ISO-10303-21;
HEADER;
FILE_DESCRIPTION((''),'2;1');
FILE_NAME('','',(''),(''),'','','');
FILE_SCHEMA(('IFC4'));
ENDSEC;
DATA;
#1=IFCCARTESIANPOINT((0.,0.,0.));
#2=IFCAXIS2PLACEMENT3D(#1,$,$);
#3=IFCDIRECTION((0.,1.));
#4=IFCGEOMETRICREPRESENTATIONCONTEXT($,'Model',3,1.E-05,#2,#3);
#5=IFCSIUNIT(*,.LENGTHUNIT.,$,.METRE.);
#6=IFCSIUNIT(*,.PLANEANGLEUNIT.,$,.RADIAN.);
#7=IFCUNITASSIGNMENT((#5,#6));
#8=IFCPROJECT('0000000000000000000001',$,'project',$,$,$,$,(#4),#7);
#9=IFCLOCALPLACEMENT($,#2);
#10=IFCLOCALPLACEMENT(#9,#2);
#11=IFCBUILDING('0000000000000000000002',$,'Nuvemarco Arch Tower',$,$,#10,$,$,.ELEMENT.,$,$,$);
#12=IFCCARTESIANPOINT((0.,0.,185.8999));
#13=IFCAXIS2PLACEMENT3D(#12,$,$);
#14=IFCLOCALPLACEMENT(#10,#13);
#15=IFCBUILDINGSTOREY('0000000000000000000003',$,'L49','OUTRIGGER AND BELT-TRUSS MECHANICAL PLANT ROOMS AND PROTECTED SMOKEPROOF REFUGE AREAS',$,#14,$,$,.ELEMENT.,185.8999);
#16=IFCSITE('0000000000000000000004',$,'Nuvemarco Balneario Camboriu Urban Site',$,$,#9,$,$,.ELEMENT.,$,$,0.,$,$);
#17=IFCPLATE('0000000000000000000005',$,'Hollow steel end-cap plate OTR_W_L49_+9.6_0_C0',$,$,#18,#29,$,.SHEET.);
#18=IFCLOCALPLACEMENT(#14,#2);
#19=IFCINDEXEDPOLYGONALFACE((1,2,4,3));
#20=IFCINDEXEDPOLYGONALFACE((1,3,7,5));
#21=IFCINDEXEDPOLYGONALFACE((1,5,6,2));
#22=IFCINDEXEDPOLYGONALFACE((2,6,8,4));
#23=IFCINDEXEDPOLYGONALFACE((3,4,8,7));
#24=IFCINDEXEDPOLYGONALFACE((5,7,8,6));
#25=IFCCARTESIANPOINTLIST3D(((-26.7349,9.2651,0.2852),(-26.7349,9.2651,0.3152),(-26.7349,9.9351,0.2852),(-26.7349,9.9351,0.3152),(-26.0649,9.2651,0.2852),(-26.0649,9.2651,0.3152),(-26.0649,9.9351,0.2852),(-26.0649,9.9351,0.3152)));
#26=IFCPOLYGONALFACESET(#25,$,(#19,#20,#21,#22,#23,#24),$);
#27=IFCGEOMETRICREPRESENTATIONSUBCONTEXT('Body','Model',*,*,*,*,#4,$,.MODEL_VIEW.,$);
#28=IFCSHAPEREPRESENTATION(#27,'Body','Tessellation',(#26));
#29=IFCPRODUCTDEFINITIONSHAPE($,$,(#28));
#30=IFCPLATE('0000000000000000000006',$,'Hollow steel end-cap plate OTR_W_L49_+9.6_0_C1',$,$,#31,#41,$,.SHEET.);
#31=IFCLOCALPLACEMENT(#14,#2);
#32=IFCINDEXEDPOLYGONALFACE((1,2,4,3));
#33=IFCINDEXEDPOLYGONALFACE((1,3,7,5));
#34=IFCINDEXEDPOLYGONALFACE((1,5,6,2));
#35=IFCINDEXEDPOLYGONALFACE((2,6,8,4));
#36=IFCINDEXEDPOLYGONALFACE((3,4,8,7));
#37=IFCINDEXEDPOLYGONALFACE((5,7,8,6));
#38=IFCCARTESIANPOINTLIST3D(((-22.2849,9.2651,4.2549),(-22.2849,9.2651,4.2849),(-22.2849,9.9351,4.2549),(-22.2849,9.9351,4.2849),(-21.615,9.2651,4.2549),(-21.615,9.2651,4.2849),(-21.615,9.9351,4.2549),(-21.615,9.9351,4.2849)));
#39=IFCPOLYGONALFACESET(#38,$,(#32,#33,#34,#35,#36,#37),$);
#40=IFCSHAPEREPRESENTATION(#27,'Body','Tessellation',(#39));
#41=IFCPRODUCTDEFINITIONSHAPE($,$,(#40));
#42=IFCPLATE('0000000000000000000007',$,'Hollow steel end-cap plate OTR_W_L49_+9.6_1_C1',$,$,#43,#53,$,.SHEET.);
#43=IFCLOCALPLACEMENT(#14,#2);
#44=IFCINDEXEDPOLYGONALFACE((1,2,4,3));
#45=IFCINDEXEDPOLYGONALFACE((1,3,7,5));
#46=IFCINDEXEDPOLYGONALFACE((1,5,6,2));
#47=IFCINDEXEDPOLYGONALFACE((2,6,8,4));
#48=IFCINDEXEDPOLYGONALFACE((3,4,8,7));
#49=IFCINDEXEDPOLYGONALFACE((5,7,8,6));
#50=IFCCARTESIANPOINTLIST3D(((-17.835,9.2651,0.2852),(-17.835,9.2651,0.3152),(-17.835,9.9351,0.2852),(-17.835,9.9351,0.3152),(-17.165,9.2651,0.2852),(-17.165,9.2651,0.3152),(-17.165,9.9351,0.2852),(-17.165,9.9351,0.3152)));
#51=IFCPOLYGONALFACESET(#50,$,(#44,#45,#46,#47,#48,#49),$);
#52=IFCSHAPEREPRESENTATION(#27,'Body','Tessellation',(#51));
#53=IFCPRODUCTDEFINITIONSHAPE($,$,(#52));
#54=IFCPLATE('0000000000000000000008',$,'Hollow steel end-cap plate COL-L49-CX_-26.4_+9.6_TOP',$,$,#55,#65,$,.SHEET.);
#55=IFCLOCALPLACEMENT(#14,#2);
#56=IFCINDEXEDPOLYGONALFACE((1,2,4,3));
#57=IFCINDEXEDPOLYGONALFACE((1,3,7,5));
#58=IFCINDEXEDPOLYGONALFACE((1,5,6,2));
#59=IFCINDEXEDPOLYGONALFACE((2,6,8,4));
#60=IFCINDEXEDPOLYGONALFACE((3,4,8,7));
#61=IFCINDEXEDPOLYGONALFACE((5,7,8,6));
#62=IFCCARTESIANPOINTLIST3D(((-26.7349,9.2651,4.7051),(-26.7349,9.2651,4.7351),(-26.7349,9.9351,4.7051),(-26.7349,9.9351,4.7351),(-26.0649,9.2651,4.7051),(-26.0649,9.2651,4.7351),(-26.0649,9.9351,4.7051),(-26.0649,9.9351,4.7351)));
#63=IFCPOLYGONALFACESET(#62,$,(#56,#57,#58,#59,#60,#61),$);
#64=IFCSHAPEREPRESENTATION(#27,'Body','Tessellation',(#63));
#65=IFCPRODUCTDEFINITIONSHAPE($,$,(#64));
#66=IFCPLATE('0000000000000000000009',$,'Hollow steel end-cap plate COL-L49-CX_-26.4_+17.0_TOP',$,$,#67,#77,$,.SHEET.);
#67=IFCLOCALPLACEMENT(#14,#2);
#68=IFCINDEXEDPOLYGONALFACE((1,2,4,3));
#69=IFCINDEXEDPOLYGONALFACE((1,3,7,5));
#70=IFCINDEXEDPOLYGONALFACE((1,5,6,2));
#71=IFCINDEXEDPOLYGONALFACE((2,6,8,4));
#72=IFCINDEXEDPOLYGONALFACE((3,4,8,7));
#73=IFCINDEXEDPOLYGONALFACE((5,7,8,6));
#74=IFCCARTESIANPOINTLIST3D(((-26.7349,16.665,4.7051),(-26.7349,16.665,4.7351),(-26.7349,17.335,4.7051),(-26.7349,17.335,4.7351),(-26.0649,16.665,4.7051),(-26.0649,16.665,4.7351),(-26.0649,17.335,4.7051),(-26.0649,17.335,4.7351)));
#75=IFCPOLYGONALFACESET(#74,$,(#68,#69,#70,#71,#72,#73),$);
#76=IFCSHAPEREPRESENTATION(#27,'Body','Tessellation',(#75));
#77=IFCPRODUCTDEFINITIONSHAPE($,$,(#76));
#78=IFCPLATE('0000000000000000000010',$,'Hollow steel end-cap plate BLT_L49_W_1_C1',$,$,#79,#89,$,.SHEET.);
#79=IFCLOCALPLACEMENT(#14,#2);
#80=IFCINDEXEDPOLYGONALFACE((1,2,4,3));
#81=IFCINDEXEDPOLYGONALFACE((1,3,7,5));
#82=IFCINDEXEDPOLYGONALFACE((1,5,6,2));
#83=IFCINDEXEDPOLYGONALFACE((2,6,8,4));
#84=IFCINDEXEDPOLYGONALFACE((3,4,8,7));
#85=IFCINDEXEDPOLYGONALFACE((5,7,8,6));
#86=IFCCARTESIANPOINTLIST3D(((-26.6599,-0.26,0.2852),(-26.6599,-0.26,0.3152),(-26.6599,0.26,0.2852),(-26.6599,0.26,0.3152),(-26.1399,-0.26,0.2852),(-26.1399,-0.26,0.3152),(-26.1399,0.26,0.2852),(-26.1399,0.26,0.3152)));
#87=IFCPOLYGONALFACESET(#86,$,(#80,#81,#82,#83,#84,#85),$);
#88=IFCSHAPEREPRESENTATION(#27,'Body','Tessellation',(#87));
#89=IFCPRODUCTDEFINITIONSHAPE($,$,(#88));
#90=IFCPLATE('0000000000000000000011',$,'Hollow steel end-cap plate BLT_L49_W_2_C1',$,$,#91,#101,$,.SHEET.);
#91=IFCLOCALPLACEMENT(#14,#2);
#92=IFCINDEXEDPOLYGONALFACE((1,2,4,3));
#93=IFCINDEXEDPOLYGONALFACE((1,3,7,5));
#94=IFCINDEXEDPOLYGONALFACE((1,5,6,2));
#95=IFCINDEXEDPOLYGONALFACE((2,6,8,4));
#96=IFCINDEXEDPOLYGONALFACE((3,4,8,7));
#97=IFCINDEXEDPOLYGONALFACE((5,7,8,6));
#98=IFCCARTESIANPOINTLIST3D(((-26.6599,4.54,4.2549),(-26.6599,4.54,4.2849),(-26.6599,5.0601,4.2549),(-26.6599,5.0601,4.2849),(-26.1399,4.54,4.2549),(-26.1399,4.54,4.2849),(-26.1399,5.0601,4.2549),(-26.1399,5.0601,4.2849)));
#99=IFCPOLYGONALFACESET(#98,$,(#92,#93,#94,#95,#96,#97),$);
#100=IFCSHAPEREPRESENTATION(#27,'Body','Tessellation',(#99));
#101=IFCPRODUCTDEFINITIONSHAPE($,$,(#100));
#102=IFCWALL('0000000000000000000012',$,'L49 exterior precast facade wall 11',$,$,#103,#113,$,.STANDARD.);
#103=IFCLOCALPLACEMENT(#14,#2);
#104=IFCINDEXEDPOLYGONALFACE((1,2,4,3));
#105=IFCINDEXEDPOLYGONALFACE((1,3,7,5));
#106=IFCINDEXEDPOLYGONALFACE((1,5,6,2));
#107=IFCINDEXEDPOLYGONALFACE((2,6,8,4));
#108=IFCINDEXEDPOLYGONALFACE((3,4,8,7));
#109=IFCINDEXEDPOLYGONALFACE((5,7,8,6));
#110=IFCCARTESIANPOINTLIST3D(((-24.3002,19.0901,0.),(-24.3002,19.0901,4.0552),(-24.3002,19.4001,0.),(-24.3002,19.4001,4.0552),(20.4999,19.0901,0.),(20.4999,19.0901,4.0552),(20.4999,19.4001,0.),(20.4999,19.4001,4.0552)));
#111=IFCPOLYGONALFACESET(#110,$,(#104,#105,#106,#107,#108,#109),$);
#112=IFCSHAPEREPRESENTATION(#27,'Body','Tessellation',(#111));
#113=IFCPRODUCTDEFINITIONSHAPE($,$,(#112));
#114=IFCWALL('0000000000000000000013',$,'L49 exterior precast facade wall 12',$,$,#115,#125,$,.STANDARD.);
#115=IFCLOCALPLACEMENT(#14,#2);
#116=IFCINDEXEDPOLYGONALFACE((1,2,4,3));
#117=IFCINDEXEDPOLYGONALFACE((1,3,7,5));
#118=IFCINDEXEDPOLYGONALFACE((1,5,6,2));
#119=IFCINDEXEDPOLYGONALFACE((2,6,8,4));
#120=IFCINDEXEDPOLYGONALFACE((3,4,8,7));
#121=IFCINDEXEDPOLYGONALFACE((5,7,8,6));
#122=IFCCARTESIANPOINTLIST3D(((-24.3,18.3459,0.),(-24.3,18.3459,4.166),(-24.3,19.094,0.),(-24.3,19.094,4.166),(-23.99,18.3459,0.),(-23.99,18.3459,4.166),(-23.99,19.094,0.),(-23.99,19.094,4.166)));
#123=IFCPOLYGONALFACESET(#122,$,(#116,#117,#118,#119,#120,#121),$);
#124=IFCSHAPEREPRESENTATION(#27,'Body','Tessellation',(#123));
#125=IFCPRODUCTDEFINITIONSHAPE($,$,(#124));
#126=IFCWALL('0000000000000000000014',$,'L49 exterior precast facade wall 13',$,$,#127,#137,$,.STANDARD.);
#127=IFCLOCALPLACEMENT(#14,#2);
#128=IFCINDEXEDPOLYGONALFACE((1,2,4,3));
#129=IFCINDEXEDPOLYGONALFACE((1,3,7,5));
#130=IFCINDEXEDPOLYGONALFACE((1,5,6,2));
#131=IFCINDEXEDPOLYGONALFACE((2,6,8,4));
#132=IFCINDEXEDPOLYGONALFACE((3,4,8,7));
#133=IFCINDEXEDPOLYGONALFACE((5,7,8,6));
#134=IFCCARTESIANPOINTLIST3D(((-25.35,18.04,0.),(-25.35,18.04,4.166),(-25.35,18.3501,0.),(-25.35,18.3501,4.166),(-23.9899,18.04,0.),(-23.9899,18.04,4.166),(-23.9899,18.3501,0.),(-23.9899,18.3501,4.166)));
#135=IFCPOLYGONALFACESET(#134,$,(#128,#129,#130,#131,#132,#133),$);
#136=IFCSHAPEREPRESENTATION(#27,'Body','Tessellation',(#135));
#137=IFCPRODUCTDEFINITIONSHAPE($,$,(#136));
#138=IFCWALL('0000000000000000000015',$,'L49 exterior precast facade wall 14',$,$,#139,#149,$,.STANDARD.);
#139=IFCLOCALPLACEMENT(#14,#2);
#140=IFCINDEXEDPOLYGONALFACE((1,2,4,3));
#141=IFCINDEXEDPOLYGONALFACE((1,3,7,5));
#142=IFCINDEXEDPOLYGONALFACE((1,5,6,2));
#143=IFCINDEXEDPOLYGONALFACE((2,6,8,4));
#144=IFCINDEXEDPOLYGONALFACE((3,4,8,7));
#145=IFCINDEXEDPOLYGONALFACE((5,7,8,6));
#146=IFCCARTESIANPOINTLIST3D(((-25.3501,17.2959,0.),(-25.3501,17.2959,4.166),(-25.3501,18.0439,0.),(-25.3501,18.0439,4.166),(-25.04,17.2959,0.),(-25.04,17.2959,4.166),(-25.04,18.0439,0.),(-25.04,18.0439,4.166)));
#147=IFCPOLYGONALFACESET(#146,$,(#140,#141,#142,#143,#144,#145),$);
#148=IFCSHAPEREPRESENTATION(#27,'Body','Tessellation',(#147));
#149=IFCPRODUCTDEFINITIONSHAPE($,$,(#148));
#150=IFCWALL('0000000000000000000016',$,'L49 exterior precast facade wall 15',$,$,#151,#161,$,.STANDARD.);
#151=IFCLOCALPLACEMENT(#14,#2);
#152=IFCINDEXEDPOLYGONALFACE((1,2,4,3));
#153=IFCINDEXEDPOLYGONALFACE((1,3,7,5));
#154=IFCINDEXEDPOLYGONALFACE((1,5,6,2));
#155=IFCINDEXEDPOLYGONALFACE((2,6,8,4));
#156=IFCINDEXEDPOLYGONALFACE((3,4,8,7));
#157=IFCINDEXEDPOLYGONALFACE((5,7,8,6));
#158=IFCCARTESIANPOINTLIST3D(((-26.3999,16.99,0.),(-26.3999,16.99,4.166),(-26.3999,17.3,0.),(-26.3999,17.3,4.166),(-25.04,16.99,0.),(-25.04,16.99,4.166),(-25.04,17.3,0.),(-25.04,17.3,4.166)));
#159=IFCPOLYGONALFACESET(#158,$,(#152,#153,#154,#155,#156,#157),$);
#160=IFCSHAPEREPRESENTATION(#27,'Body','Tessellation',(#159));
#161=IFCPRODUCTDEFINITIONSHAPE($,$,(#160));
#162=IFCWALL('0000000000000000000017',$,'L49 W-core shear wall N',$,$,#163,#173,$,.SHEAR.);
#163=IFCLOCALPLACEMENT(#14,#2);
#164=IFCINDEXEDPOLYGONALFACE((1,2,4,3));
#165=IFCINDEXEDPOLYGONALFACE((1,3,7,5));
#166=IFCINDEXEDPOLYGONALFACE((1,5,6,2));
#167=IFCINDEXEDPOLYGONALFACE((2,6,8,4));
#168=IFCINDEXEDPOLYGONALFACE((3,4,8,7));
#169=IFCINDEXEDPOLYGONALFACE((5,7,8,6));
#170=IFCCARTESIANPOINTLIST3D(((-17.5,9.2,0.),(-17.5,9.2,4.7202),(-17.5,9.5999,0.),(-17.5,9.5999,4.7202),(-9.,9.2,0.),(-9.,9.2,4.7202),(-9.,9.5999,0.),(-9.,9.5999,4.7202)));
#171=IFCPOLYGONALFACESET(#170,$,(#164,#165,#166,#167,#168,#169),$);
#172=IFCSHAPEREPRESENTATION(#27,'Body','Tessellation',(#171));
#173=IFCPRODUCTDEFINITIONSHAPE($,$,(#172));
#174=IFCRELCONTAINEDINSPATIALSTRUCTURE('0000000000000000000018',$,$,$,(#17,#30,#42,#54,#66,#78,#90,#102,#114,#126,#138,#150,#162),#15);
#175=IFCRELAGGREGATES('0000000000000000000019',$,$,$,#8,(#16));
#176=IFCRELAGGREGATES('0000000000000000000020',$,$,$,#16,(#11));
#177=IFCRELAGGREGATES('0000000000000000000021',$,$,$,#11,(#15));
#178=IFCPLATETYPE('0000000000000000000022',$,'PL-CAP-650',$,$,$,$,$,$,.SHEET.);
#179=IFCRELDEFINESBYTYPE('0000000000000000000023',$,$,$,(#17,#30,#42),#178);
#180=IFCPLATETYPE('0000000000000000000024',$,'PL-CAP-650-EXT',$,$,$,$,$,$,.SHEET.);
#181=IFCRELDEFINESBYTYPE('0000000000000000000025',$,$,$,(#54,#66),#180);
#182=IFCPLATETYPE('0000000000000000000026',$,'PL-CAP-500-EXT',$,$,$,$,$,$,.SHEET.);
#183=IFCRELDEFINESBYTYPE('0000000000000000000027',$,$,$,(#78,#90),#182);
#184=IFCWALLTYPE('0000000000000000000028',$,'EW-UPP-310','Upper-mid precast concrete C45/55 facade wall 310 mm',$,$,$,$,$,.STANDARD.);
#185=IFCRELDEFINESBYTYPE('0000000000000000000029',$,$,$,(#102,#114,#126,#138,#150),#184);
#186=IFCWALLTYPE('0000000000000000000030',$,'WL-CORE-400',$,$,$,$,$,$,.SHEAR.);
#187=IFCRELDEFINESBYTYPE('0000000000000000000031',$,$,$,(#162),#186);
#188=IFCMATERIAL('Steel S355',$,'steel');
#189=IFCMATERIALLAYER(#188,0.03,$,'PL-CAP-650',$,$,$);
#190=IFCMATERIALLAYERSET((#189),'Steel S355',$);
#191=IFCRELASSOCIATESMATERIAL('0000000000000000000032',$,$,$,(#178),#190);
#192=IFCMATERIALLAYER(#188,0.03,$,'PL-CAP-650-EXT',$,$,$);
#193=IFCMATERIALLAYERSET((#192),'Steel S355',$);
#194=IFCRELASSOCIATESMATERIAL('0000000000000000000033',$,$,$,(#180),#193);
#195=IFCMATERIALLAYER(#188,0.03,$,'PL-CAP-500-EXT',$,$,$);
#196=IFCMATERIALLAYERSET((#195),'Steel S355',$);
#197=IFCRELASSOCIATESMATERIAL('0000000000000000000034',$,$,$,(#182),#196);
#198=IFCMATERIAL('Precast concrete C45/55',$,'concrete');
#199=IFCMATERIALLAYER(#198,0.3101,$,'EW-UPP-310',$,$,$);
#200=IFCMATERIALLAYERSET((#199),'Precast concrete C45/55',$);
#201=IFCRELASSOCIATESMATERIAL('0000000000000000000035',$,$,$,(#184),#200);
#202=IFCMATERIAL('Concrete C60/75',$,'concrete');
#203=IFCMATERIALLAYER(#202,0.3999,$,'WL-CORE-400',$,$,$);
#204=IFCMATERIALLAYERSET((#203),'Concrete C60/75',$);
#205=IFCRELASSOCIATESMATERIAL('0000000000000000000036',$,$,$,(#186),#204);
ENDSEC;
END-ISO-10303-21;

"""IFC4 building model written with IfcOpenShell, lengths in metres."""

from ifc_helpers import new_model, si_unit, direction, frame, frame_2d, origin, origin_2d, place, context, subcontext, project, spatial, rectangle, extrude, source, transform, mapped, material, layer, layer_set, type_object, type_shapes, element, save


model = new_model("IFC4")

# Units and contexts
model_context = context("Model", 3, precision=1e-05, world=origin(), true_north=direction((0.0, 1.0)))
body_context = subcontext(model_context, "Body", "Model", "MODEL_VIEW")
ifc_project = project(units=[si_unit("LENGTHUNIT", "METRE"), si_unit("PLANEANGLEUNIT", "RADIAN")], contexts=[model_context])

# Site, building, storey
site_placement = place(None, origin())
site = spatial("IfcSite", under=ifc_project, at=site_placement, Name="Nuvemarco Balneario Camboriu Urban Site", CompositionType="ELEMENT", RefElevation=0.0)
building_placement = place(site_placement, origin())
building = spatial("IfcBuilding", under=site, at=building_placement, Name="Nuvemarco Arch Tower", CompositionType="ELEMENT")
storey_placement = place(building_placement, frame((0.0, 0.0, 185.8999)))
storey = spatial("IfcBuildingStorey", under=building, at=storey_placement, Name="L49", Description="OUTRIGGER AND BELT-TRUSS MECHANICAL PLANT ROOMS AND PROTECTED SMOKEPROOF REFUGE AREAS", CompositionType="ELEMENT", Elevation=185.8999)

# Shared definitions
ifc_material_1 = material(Name="Steel S355", Category="steel")

# Shared definitions
ifc_material_2 = material(Name="Precast concrete C45/55", Category="concrete")

# Plates
ifc_layer_1 = layer(ifc_material_1, 0.03, Name="PL-CAP-650")
ifc_layer_set_1 = layer_set([ifc_layer_1], Name="Steel S355")
plate_type_1 = type_object("IfcPlateType", Name="PL-CAP-650", PredefinedType="SHEET", material=ifc_layer_set_1)
shared_shape_1 = source(origin(), body_context, "Body", "SweptSolid", [
    extrude(rectangle(XDim=0.6699, YDim=0.6699, at=origin_2d()), origin(), (0.0, 0.0, 1.0), 0.03),
])
type_shapes(plate_type_1, [shared_shape_1])
for number, where, z_axis, x_axis, name in (
    (1, (-26.3999, 9.6001, 0.2852), (0.0, 0.0, 1.0), (1.0, 0.0, 0.0), "Hollow steel end-cap plate OTR_W_L49_+9.6_0_C0"),
    (2, (-21.95, 9.6001, 4.2549), (0.0, 0.0, 1.0), (1.0, 0.0, 0.0), "Hollow steel end-cap plate OTR_W_L49_+9.6_0_C1"),
    (3, (-17.5, 9.6001, 0.2852), (0.0, 0.0, 1.0), (1.0, 0.0, 0.0), "Hollow steel end-cap plate OTR_W_L49_+9.6_1_C1"),
):
    element("IfcPlate", number, at=place(storey_placement, frame(where, z_axis=z_axis, x_axis=x_axis)), inside=storey, type_object=plate_type_1, Name=name, PredefinedType="SHEET", context=body_context, shape_type="MappedRepresentation", body=[
        mapped(shared_shape_1, transform((0.0, 0.0, 0.0), scale=1.0)),
    ])
ifc_layer_2 = layer(ifc_material_1, 0.03, Name="PL-CAP-650-EXT")
ifc_layer_set_2 = layer_set([ifc_layer_2], Name="Steel S355")
plate_type_2 = type_object("IfcPlateType", Name="PL-CAP-650-EXT", PredefinedType="SHEET", material=ifc_layer_set_2)
shared_shape_2 = source(origin(), body_context, "Body", "SweptSolid", [
    extrude(rectangle(XDim=0.6699, YDim=0.6699, at=origin_2d()), origin(), (0.0, 0.0, 1.0), 0.03),
])
type_shapes(plate_type_2, [shared_shape_2])
for number, where, z_axis, x_axis, name in (
    (4, (-26.3999, 9.6001, 4.7051), (0.0, 0.0, 1.0), (1.0, 0.0, 0.0), "Hollow steel end-cap plate COL-L49-CX_-26.4_+9.6_TOP"),
    (5, (-26.3999, 17.0, 4.7051), (0.0, 0.0, 1.0), (1.0, 0.0, 0.0), "Hollow steel end-cap plate COL-L49-CX_-26.4_+17.0_TOP"),
):
    element("IfcPlate", number, at=place(storey_placement, frame(where, z_axis=z_axis, x_axis=x_axis)), inside=storey, type_object=plate_type_2, Name=name, PredefinedType="SHEET", context=body_context, shape_type="MappedRepresentation", body=[
        mapped(shared_shape_2, transform((0.0, 0.0, 0.0), scale=1.0)),
    ])
ifc_layer_3 = layer(ifc_material_1, 0.03, Name="PL-CAP-500-EXT")
ifc_layer_set_3 = layer_set([ifc_layer_3], Name="Steel S355")
plate_type_3 = type_object("IfcPlateType", Name="PL-CAP-500-EXT", PredefinedType="SHEET", material=ifc_layer_set_3)
shared_shape_3 = source(origin(), body_context, "Body", "SweptSolid", [
    extrude(rectangle(XDim=0.52, YDim=0.52, at=origin_2d()), origin(), (0.0, 0.0, 1.0), 0.03),
])
type_shapes(plate_type_3, [shared_shape_3])
for number, where, z_axis, x_axis, name in (
    (6, (-26.3999, 0.0, 0.2852), (0.0, 0.0, 1.0), (1.0, 0.0, 0.0), "Hollow steel end-cap plate BLT_L49_W_1_C1"),
    (7, (-26.3999, 4.8, 4.2549), (0.0, 0.0, 1.0), (1.0, 0.0, 0.0), "Hollow steel end-cap plate BLT_L49_W_2_C1"),
):
    element("IfcPlate", number, at=place(storey_placement, frame(where, z_axis=z_axis, x_axis=x_axis)), inside=storey, type_object=plate_type_3, Name=name, PredefinedType="SHEET", context=body_context, shape_type="MappedRepresentation", body=[
        mapped(shared_shape_3, transform((0.0, 0.0, 0.0), scale=1.0)),
    ])

# Walls
ifc_layer_4 = layer(ifc_material_2, 0.3101, Name="EW-UPP-310")
ifc_layer_set_4 = layer_set([ifc_layer_4], Name="Precast concrete C45/55")
wall_type_1 = type_object("IfcWallType", Name="EW-UPP-310", Description="Upper-mid precast concrete C45/55 facade wall 310 mm", PredefinedType="STANDARD", material=ifc_layer_set_4)
wall_1_placement = place(storey_placement, frame((-24.3, 19.2451, 0.0), z_axis=(0.0, 0.0, 1.0), x_axis=(1.0, 0.0, 0.0)))
element("IfcWall", 8, at=wall_1_placement, inside=storey, type_object=wall_type_1, Name="L49 exterior precast facade wall 11", PredefinedType="STANDARD", context=body_context, shape_type="SweptSolid", body=[
    extrude(rectangle(XDim=44.8, YDim=0.3101, at=frame_2d((22.3999, 0.0))), origin(), (0.0, 0.0, 1.0), 4.0552),
])
wall_2_placement = place(storey_placement, frame((-24.145, 18.3459, 0.0), z_axis=(0.0, 0.0, 1.0), x_axis=(0.0, 1.0, 0.0)))
element("IfcWall", 9, at=wall_2_placement, inside=storey, type_object=wall_type_1, Name="L49 exterior precast facade wall 12", PredefinedType="STANDARD", context=body_context, shape_type="SweptSolid", body=[
    extrude(rectangle(XDim=0.748, YDim=0.3101, at=frame_2d((0.374, 0.0))), origin(), (0.0, 0.0, 1.0), 4.166),
])
wall_3_placement = place(storey_placement, frame((-25.3501, 18.1951, 0.0), z_axis=(0.0, 0.0, 1.0), x_axis=(1.0, 0.0, 0.0)))
element("IfcWall", 10, at=wall_3_placement, inside=storey, type_object=wall_type_1, Name="L49 exterior precast facade wall 13", PredefinedType="STANDARD", context=body_context, shape_type="SweptSolid", body=[
    extrude(rectangle(XDim=1.3601, YDim=0.3101, at=frame_2d((0.6802, 0.0))), origin(), (0.0, 0.0, 1.0), 4.166),
])
wall_4_placement = place(storey_placement, frame((-25.1951, 17.2959, 0.0), z_axis=(0.0, 0.0, 1.0), x_axis=(0.0, 1.0, 0.0)))
element("IfcWall", 11, at=wall_4_placement, inside=storey, type_object=wall_type_1, Name="L49 exterior precast facade wall 14", PredefinedType="STANDARD", context=body_context, shape_type="SweptSolid", body=[
    extrude(rectangle(XDim=0.748, YDim=0.3101, at=frame_2d((0.374, 0.0))), origin(), (0.0, 0.0, 1.0), 4.166),
])
wall_5_placement = place(storey_placement, frame((-26.3999, 17.145, 0.0), z_axis=(0.0, 0.0, 1.0), x_axis=(1.0, 0.0, 0.0)))
element("IfcWall", 12, at=wall_5_placement, inside=storey, type_object=wall_type_1, Name="L49 exterior precast facade wall 15", PredefinedType="STANDARD", context=body_context, shape_type="SweptSolid", body=[
    extrude(rectangle(XDim=1.3599, YDim=0.3101, at=frame_2d((0.6799, 0.0))), origin(), (0.0, 0.0, 1.0), 4.166),
])
ifc_material_3 = material(Name="Concrete C60/75", Category="concrete")
ifc_layer_5 = layer(ifc_material_3, 0.3999, Name="WL-CORE-400")
ifc_layer_set_5 = layer_set([ifc_layer_5], Name="Concrete C60/75")
wall_type_2 = type_object("IfcWallType", Name="WL-CORE-400", PredefinedType="SHEAR", material=ifc_layer_set_5)
wall_6_placement = place(storey_placement, frame((-17.5, 9.3999, 0.0), z_axis=(0.0, 0.0, 1.0), x_axis=(1.0, 0.0, 0.0)))
element("IfcWall", 13, at=wall_6_placement, inside=storey, type_object=wall_type_2, Name="L49 W-core shear wall N", PredefinedType="SHEAR", context=body_context, shape_type="SweptSolid", body=[
    extrude(rectangle(XDim=8.5, YDim=0.3999, at=frame_2d((4.25, 0.0))), origin(), (0.0, 0.0, 1.0), 4.7202),
])

save(model, "model.ifc")
